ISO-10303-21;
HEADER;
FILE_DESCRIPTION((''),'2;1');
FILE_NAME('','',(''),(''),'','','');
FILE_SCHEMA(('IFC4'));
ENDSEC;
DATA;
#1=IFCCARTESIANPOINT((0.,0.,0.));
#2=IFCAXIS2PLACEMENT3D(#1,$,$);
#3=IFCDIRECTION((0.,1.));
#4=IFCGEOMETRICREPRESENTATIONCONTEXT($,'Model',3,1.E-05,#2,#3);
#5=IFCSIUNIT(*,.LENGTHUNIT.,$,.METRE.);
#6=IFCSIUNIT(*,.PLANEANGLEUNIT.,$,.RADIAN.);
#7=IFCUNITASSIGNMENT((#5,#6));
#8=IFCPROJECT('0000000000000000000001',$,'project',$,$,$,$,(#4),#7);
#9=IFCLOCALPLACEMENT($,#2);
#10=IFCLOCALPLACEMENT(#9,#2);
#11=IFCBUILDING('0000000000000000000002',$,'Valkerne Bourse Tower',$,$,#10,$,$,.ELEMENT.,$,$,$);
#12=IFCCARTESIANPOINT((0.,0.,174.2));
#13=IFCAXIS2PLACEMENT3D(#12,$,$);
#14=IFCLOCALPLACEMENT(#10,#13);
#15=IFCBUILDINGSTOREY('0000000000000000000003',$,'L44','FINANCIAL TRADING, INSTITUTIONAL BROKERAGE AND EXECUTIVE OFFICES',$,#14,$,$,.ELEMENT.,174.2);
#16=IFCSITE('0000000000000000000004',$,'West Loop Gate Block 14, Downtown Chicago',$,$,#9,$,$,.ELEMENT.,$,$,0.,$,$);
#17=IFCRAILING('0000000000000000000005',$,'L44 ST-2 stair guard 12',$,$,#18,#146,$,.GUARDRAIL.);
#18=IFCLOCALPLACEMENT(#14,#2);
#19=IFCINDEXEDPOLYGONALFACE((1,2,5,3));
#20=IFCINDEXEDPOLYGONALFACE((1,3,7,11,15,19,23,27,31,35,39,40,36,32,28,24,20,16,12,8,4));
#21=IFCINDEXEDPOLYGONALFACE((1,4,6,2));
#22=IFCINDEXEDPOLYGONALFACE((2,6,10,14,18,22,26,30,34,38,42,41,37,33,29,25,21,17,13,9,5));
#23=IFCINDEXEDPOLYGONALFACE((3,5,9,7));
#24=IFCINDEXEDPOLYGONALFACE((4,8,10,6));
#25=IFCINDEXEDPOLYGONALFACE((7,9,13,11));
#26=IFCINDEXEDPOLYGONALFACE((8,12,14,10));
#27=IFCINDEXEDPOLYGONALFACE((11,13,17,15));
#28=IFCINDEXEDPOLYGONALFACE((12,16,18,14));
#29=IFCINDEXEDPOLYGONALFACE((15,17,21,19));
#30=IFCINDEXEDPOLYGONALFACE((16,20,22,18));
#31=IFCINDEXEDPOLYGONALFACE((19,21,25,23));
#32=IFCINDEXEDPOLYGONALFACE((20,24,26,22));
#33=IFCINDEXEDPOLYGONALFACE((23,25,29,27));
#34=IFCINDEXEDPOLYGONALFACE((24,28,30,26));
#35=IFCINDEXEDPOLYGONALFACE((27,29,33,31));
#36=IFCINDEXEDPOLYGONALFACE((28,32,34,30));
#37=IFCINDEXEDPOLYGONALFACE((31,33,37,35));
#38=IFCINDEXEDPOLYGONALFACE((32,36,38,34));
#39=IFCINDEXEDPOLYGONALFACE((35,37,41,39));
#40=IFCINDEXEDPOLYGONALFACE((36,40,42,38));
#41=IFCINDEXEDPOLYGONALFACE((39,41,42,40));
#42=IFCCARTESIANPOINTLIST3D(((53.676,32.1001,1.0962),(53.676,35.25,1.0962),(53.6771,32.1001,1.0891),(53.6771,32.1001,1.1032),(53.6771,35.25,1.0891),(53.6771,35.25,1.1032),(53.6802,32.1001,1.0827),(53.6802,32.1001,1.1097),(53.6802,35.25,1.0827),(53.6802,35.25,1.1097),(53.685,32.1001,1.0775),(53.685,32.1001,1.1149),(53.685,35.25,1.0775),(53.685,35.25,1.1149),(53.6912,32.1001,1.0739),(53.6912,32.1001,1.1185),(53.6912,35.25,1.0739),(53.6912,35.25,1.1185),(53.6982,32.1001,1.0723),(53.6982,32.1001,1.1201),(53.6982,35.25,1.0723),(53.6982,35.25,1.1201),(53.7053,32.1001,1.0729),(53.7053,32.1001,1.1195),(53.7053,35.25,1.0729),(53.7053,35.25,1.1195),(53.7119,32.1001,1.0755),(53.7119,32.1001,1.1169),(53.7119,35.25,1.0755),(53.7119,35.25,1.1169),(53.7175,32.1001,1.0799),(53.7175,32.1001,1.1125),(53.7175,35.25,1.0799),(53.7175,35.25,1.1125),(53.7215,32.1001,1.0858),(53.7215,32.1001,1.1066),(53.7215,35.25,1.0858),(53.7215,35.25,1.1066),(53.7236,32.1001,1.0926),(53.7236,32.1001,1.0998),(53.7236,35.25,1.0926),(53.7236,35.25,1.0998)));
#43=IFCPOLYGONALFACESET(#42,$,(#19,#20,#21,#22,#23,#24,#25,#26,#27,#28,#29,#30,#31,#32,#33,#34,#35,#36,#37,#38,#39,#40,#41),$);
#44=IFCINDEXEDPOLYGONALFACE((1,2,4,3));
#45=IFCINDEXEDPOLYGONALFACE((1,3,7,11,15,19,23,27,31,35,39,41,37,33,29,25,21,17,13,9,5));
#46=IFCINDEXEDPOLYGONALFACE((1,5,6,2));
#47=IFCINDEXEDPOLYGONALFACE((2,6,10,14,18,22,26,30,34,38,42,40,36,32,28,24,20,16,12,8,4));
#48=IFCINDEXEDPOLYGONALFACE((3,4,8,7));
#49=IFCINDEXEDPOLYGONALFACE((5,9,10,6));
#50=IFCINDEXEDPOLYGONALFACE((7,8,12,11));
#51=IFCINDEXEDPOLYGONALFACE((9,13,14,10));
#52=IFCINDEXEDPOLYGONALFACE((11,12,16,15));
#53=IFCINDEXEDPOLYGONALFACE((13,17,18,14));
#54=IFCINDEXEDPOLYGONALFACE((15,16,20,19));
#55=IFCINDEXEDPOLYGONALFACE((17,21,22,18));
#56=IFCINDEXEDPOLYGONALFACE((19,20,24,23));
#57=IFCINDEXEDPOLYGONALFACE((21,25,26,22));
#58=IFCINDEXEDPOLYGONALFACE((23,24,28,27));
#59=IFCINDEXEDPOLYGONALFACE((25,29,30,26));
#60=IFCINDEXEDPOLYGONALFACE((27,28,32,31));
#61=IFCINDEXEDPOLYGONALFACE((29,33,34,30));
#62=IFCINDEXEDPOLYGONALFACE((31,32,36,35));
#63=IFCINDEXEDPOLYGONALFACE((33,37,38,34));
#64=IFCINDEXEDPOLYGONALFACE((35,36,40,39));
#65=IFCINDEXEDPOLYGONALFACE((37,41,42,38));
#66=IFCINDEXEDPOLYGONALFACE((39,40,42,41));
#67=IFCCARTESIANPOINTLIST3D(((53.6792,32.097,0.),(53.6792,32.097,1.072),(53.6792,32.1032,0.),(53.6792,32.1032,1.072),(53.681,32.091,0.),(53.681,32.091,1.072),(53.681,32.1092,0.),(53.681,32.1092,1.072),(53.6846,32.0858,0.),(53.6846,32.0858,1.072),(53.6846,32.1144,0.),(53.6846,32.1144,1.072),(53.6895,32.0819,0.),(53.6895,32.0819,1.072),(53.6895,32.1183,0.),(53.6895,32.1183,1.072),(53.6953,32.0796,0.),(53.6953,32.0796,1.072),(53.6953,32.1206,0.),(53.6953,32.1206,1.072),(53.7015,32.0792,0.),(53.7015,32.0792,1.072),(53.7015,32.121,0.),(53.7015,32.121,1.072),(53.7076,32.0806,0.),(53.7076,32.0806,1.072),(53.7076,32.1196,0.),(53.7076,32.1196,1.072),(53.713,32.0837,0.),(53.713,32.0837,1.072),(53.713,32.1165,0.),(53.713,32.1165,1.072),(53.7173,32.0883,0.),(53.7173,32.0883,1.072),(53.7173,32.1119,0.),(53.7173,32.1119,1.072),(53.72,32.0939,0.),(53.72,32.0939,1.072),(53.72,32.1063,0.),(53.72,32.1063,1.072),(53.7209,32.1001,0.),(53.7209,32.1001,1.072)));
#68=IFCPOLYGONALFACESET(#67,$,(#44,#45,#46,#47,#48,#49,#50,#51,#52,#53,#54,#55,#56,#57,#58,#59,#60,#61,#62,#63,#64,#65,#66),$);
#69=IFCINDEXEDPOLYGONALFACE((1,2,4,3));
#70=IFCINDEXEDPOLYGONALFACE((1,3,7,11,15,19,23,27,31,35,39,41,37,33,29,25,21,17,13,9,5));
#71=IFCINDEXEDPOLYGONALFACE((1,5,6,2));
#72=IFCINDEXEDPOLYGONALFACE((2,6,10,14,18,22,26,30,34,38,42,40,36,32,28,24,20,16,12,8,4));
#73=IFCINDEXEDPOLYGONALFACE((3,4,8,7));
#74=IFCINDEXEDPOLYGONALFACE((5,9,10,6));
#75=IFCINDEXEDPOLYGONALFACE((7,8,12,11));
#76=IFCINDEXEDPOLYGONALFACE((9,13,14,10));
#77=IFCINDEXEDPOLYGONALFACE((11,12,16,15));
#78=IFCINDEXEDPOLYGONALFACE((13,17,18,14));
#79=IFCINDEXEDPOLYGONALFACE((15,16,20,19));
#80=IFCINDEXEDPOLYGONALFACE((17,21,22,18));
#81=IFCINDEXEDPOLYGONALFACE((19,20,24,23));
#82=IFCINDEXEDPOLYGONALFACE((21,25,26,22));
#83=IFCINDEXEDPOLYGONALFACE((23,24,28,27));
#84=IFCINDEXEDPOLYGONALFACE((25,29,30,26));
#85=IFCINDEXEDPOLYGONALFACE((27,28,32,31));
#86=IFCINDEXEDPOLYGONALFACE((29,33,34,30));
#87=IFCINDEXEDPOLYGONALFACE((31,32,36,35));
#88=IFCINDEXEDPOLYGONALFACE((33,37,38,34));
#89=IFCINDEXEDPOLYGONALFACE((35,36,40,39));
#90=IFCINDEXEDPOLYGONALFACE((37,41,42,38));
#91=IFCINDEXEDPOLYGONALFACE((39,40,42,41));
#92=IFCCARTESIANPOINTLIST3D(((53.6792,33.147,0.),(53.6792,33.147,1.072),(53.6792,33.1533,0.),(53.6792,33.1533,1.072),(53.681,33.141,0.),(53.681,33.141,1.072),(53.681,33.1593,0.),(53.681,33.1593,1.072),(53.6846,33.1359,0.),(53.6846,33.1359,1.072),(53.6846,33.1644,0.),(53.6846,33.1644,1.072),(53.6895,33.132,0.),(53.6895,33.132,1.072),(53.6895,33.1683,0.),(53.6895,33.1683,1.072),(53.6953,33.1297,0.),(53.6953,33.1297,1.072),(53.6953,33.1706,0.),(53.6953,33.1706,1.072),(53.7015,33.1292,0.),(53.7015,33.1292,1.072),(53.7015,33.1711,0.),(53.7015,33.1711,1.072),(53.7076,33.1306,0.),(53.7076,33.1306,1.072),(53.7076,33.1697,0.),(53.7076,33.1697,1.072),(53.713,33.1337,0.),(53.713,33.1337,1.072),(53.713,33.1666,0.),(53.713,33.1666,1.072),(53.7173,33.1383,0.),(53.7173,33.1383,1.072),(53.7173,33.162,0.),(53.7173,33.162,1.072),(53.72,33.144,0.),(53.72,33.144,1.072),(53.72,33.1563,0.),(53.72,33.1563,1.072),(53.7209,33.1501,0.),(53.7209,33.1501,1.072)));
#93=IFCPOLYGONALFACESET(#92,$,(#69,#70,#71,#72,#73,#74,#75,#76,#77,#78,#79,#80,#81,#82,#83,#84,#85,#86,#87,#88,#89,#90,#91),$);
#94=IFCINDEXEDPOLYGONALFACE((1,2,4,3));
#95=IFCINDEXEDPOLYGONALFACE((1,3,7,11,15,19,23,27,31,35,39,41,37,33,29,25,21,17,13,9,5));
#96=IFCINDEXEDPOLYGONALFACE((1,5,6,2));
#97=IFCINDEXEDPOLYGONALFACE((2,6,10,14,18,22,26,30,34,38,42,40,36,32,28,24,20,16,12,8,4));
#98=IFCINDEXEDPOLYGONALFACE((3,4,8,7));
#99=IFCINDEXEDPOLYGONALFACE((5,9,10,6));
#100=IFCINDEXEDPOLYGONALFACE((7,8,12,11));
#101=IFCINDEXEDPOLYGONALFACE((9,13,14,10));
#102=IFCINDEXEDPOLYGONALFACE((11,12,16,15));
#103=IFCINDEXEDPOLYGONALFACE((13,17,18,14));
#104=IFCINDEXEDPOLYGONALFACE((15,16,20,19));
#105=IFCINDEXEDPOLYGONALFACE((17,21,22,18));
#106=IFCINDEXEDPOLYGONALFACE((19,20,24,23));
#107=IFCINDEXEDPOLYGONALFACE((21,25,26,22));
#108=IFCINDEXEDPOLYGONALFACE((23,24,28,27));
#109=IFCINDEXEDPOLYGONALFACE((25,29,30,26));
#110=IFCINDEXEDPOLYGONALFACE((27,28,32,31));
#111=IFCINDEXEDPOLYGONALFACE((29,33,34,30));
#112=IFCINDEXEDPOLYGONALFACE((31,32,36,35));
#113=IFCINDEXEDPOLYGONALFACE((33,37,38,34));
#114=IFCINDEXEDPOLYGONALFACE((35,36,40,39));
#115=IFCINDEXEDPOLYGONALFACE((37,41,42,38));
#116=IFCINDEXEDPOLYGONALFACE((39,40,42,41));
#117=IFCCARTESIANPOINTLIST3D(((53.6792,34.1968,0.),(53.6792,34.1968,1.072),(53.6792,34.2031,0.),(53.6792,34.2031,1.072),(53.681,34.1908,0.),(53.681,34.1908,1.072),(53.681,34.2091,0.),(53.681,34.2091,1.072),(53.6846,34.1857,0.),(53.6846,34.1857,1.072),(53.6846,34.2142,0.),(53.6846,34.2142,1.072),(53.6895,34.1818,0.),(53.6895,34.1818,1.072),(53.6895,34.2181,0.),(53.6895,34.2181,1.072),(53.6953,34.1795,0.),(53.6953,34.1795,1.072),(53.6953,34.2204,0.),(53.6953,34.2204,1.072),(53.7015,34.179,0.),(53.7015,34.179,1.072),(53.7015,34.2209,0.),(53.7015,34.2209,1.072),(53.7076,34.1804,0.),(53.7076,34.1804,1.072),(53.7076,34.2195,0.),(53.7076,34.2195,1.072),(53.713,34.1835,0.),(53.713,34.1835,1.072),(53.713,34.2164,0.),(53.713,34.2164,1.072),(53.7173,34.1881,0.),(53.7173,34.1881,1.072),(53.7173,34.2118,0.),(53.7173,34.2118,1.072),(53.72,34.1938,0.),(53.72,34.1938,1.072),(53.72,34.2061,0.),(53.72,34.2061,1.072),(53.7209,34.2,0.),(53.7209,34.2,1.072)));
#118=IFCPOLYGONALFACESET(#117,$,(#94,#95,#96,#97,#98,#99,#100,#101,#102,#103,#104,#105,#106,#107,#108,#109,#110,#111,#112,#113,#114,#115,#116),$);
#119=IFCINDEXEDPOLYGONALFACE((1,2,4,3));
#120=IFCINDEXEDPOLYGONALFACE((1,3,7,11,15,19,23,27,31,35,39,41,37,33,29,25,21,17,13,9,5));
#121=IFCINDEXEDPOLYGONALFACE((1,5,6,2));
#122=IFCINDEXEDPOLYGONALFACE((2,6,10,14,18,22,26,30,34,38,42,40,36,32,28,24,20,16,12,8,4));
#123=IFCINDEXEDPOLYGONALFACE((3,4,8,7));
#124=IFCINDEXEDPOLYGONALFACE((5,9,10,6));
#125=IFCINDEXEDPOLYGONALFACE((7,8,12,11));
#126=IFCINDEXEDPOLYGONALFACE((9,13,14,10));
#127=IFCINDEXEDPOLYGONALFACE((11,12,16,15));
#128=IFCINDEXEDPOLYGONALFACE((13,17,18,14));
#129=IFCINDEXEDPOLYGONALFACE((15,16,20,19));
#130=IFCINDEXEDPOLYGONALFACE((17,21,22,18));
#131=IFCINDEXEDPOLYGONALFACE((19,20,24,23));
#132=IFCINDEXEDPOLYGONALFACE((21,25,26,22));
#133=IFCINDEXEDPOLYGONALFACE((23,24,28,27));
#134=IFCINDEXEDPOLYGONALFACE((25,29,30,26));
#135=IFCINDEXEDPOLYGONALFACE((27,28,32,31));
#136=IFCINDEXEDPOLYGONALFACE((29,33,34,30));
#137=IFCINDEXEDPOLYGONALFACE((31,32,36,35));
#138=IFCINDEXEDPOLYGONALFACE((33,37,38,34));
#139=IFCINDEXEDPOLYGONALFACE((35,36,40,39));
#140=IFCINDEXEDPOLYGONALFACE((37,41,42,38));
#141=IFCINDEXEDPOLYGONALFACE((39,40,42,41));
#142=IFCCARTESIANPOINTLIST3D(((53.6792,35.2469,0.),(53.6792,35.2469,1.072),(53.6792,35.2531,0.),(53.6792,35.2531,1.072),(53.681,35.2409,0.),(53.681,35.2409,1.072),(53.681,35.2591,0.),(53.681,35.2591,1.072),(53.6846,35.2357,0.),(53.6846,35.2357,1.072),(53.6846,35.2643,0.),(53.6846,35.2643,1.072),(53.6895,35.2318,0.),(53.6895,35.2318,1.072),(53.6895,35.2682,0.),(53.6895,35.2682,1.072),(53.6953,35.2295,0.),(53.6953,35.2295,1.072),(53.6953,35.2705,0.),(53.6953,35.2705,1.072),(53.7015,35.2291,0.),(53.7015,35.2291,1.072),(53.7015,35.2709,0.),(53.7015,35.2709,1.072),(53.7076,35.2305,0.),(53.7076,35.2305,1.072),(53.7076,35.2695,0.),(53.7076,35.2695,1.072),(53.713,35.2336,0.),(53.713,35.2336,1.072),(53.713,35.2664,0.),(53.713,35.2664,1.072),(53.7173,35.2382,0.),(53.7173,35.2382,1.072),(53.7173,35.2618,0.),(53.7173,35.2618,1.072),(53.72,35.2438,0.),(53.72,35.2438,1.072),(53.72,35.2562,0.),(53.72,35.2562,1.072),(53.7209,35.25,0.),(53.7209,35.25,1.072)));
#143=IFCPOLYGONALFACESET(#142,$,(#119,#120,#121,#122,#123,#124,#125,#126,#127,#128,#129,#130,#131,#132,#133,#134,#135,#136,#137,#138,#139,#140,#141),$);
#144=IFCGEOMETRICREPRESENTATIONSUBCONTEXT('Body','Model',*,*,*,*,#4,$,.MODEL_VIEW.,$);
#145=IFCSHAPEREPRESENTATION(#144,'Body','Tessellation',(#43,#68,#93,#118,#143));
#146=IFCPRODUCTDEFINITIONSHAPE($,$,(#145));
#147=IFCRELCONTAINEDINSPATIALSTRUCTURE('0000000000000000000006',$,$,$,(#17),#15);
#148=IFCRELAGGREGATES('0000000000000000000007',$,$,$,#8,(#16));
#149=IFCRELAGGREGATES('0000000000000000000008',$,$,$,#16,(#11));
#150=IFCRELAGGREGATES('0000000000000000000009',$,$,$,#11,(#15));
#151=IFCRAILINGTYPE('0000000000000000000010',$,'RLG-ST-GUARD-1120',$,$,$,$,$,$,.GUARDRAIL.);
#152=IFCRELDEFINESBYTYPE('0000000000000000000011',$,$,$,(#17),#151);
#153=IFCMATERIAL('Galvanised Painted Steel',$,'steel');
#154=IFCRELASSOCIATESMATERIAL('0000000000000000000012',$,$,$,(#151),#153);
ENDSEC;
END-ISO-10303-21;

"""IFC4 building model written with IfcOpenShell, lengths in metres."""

from ifc_helpers import new_model, si_unit, direction, frame, origin, origin_2d, place, context, subcontext, project, spatial, circle, extrude, material, type_object, element, save


model = new_model("IFC4")

# Units and contexts
model_context = context("Model", 3, precision=1e-05, world=origin(), true_north=direction((0.0, 1.0)))
body_context = subcontext(model_context, "Body", "Model", "MODEL_VIEW")
ifc_project = project(units=[si_unit("LENGTHUNIT", "METRE"), si_unit("PLANEANGLEUNIT", "RADIAN")], contexts=[model_context])

# Site, building, storey
site_placement = place(None, origin())
site = spatial("IfcSite", under=ifc_project, at=site_placement, Name="West Loop Gate Block 14, Downtown Chicago", CompositionType="ELEMENT", RefElevation=0.0)
building_placement = place(site_placement, origin())
building = spatial("IfcBuilding", under=site, at=building_placement, Name="Valkerne Bourse Tower", CompositionType="ELEMENT")
storey_placement = place(building_placement, frame((0.0, 0.0, 174.2)))
storey = spatial("IfcBuildingStorey", under=building, at=storey_placement, Name="L44", Description="FINANCIAL TRADING, INSTITUTIONAL BROKERAGE AND EXECUTIVE OFFICES", CompositionType="ELEMENT", Elevation=174.2)

# Railing
ifc_material_1 = material(Name="Galvanised Painted Steel", Category="steel")
railing_type = type_object("IfcRailingType", Name="RLG-ST-GUARD-1120", PredefinedType="GUARDRAIL", material=ifc_material_1)
railing_1_placement = place(storey_placement, frame((53.7, 32.1001, 0.0)))
element("IfcRailing", 1, at=railing_1_placement, inside=storey, type_object=railing_type, Name="L44 ST-2 stair guard 12", PredefinedType="GUARDRAIL", context=body_context, shape_type="SweptSolid", body=[
    extrude(circle(Radius=0.0239, at=origin_2d()), frame((0.0, 0.0, 1.0962), z_axis=(0.0, 1.0, 0.0), x_axis=(-1.0, 0.0, 0.0)), (0.0, 0.0, 1.0), 3.1499),
    extrude(circle(Radius=0.021, at=origin_2d()), origin(), (0.0, 0.0, 1.0), 1.072),
    extrude(circle(Radius=0.021, at=origin_2d()), frame((0.0, 1.05, 0.0)), (0.0, 0.0, 1.0), 1.072),
    extrude(circle(Radius=0.021, at=origin_2d()), frame((0.0, 2.0999, 0.0)), (0.0, 0.0, 1.0), 1.072),
    extrude(circle(Radius=0.021, at=origin_2d()), frame((0.0, 3.1499, 0.0)), (0.0, 0.0, 1.0), 1.072),
])

save(model, "model.ifc")
